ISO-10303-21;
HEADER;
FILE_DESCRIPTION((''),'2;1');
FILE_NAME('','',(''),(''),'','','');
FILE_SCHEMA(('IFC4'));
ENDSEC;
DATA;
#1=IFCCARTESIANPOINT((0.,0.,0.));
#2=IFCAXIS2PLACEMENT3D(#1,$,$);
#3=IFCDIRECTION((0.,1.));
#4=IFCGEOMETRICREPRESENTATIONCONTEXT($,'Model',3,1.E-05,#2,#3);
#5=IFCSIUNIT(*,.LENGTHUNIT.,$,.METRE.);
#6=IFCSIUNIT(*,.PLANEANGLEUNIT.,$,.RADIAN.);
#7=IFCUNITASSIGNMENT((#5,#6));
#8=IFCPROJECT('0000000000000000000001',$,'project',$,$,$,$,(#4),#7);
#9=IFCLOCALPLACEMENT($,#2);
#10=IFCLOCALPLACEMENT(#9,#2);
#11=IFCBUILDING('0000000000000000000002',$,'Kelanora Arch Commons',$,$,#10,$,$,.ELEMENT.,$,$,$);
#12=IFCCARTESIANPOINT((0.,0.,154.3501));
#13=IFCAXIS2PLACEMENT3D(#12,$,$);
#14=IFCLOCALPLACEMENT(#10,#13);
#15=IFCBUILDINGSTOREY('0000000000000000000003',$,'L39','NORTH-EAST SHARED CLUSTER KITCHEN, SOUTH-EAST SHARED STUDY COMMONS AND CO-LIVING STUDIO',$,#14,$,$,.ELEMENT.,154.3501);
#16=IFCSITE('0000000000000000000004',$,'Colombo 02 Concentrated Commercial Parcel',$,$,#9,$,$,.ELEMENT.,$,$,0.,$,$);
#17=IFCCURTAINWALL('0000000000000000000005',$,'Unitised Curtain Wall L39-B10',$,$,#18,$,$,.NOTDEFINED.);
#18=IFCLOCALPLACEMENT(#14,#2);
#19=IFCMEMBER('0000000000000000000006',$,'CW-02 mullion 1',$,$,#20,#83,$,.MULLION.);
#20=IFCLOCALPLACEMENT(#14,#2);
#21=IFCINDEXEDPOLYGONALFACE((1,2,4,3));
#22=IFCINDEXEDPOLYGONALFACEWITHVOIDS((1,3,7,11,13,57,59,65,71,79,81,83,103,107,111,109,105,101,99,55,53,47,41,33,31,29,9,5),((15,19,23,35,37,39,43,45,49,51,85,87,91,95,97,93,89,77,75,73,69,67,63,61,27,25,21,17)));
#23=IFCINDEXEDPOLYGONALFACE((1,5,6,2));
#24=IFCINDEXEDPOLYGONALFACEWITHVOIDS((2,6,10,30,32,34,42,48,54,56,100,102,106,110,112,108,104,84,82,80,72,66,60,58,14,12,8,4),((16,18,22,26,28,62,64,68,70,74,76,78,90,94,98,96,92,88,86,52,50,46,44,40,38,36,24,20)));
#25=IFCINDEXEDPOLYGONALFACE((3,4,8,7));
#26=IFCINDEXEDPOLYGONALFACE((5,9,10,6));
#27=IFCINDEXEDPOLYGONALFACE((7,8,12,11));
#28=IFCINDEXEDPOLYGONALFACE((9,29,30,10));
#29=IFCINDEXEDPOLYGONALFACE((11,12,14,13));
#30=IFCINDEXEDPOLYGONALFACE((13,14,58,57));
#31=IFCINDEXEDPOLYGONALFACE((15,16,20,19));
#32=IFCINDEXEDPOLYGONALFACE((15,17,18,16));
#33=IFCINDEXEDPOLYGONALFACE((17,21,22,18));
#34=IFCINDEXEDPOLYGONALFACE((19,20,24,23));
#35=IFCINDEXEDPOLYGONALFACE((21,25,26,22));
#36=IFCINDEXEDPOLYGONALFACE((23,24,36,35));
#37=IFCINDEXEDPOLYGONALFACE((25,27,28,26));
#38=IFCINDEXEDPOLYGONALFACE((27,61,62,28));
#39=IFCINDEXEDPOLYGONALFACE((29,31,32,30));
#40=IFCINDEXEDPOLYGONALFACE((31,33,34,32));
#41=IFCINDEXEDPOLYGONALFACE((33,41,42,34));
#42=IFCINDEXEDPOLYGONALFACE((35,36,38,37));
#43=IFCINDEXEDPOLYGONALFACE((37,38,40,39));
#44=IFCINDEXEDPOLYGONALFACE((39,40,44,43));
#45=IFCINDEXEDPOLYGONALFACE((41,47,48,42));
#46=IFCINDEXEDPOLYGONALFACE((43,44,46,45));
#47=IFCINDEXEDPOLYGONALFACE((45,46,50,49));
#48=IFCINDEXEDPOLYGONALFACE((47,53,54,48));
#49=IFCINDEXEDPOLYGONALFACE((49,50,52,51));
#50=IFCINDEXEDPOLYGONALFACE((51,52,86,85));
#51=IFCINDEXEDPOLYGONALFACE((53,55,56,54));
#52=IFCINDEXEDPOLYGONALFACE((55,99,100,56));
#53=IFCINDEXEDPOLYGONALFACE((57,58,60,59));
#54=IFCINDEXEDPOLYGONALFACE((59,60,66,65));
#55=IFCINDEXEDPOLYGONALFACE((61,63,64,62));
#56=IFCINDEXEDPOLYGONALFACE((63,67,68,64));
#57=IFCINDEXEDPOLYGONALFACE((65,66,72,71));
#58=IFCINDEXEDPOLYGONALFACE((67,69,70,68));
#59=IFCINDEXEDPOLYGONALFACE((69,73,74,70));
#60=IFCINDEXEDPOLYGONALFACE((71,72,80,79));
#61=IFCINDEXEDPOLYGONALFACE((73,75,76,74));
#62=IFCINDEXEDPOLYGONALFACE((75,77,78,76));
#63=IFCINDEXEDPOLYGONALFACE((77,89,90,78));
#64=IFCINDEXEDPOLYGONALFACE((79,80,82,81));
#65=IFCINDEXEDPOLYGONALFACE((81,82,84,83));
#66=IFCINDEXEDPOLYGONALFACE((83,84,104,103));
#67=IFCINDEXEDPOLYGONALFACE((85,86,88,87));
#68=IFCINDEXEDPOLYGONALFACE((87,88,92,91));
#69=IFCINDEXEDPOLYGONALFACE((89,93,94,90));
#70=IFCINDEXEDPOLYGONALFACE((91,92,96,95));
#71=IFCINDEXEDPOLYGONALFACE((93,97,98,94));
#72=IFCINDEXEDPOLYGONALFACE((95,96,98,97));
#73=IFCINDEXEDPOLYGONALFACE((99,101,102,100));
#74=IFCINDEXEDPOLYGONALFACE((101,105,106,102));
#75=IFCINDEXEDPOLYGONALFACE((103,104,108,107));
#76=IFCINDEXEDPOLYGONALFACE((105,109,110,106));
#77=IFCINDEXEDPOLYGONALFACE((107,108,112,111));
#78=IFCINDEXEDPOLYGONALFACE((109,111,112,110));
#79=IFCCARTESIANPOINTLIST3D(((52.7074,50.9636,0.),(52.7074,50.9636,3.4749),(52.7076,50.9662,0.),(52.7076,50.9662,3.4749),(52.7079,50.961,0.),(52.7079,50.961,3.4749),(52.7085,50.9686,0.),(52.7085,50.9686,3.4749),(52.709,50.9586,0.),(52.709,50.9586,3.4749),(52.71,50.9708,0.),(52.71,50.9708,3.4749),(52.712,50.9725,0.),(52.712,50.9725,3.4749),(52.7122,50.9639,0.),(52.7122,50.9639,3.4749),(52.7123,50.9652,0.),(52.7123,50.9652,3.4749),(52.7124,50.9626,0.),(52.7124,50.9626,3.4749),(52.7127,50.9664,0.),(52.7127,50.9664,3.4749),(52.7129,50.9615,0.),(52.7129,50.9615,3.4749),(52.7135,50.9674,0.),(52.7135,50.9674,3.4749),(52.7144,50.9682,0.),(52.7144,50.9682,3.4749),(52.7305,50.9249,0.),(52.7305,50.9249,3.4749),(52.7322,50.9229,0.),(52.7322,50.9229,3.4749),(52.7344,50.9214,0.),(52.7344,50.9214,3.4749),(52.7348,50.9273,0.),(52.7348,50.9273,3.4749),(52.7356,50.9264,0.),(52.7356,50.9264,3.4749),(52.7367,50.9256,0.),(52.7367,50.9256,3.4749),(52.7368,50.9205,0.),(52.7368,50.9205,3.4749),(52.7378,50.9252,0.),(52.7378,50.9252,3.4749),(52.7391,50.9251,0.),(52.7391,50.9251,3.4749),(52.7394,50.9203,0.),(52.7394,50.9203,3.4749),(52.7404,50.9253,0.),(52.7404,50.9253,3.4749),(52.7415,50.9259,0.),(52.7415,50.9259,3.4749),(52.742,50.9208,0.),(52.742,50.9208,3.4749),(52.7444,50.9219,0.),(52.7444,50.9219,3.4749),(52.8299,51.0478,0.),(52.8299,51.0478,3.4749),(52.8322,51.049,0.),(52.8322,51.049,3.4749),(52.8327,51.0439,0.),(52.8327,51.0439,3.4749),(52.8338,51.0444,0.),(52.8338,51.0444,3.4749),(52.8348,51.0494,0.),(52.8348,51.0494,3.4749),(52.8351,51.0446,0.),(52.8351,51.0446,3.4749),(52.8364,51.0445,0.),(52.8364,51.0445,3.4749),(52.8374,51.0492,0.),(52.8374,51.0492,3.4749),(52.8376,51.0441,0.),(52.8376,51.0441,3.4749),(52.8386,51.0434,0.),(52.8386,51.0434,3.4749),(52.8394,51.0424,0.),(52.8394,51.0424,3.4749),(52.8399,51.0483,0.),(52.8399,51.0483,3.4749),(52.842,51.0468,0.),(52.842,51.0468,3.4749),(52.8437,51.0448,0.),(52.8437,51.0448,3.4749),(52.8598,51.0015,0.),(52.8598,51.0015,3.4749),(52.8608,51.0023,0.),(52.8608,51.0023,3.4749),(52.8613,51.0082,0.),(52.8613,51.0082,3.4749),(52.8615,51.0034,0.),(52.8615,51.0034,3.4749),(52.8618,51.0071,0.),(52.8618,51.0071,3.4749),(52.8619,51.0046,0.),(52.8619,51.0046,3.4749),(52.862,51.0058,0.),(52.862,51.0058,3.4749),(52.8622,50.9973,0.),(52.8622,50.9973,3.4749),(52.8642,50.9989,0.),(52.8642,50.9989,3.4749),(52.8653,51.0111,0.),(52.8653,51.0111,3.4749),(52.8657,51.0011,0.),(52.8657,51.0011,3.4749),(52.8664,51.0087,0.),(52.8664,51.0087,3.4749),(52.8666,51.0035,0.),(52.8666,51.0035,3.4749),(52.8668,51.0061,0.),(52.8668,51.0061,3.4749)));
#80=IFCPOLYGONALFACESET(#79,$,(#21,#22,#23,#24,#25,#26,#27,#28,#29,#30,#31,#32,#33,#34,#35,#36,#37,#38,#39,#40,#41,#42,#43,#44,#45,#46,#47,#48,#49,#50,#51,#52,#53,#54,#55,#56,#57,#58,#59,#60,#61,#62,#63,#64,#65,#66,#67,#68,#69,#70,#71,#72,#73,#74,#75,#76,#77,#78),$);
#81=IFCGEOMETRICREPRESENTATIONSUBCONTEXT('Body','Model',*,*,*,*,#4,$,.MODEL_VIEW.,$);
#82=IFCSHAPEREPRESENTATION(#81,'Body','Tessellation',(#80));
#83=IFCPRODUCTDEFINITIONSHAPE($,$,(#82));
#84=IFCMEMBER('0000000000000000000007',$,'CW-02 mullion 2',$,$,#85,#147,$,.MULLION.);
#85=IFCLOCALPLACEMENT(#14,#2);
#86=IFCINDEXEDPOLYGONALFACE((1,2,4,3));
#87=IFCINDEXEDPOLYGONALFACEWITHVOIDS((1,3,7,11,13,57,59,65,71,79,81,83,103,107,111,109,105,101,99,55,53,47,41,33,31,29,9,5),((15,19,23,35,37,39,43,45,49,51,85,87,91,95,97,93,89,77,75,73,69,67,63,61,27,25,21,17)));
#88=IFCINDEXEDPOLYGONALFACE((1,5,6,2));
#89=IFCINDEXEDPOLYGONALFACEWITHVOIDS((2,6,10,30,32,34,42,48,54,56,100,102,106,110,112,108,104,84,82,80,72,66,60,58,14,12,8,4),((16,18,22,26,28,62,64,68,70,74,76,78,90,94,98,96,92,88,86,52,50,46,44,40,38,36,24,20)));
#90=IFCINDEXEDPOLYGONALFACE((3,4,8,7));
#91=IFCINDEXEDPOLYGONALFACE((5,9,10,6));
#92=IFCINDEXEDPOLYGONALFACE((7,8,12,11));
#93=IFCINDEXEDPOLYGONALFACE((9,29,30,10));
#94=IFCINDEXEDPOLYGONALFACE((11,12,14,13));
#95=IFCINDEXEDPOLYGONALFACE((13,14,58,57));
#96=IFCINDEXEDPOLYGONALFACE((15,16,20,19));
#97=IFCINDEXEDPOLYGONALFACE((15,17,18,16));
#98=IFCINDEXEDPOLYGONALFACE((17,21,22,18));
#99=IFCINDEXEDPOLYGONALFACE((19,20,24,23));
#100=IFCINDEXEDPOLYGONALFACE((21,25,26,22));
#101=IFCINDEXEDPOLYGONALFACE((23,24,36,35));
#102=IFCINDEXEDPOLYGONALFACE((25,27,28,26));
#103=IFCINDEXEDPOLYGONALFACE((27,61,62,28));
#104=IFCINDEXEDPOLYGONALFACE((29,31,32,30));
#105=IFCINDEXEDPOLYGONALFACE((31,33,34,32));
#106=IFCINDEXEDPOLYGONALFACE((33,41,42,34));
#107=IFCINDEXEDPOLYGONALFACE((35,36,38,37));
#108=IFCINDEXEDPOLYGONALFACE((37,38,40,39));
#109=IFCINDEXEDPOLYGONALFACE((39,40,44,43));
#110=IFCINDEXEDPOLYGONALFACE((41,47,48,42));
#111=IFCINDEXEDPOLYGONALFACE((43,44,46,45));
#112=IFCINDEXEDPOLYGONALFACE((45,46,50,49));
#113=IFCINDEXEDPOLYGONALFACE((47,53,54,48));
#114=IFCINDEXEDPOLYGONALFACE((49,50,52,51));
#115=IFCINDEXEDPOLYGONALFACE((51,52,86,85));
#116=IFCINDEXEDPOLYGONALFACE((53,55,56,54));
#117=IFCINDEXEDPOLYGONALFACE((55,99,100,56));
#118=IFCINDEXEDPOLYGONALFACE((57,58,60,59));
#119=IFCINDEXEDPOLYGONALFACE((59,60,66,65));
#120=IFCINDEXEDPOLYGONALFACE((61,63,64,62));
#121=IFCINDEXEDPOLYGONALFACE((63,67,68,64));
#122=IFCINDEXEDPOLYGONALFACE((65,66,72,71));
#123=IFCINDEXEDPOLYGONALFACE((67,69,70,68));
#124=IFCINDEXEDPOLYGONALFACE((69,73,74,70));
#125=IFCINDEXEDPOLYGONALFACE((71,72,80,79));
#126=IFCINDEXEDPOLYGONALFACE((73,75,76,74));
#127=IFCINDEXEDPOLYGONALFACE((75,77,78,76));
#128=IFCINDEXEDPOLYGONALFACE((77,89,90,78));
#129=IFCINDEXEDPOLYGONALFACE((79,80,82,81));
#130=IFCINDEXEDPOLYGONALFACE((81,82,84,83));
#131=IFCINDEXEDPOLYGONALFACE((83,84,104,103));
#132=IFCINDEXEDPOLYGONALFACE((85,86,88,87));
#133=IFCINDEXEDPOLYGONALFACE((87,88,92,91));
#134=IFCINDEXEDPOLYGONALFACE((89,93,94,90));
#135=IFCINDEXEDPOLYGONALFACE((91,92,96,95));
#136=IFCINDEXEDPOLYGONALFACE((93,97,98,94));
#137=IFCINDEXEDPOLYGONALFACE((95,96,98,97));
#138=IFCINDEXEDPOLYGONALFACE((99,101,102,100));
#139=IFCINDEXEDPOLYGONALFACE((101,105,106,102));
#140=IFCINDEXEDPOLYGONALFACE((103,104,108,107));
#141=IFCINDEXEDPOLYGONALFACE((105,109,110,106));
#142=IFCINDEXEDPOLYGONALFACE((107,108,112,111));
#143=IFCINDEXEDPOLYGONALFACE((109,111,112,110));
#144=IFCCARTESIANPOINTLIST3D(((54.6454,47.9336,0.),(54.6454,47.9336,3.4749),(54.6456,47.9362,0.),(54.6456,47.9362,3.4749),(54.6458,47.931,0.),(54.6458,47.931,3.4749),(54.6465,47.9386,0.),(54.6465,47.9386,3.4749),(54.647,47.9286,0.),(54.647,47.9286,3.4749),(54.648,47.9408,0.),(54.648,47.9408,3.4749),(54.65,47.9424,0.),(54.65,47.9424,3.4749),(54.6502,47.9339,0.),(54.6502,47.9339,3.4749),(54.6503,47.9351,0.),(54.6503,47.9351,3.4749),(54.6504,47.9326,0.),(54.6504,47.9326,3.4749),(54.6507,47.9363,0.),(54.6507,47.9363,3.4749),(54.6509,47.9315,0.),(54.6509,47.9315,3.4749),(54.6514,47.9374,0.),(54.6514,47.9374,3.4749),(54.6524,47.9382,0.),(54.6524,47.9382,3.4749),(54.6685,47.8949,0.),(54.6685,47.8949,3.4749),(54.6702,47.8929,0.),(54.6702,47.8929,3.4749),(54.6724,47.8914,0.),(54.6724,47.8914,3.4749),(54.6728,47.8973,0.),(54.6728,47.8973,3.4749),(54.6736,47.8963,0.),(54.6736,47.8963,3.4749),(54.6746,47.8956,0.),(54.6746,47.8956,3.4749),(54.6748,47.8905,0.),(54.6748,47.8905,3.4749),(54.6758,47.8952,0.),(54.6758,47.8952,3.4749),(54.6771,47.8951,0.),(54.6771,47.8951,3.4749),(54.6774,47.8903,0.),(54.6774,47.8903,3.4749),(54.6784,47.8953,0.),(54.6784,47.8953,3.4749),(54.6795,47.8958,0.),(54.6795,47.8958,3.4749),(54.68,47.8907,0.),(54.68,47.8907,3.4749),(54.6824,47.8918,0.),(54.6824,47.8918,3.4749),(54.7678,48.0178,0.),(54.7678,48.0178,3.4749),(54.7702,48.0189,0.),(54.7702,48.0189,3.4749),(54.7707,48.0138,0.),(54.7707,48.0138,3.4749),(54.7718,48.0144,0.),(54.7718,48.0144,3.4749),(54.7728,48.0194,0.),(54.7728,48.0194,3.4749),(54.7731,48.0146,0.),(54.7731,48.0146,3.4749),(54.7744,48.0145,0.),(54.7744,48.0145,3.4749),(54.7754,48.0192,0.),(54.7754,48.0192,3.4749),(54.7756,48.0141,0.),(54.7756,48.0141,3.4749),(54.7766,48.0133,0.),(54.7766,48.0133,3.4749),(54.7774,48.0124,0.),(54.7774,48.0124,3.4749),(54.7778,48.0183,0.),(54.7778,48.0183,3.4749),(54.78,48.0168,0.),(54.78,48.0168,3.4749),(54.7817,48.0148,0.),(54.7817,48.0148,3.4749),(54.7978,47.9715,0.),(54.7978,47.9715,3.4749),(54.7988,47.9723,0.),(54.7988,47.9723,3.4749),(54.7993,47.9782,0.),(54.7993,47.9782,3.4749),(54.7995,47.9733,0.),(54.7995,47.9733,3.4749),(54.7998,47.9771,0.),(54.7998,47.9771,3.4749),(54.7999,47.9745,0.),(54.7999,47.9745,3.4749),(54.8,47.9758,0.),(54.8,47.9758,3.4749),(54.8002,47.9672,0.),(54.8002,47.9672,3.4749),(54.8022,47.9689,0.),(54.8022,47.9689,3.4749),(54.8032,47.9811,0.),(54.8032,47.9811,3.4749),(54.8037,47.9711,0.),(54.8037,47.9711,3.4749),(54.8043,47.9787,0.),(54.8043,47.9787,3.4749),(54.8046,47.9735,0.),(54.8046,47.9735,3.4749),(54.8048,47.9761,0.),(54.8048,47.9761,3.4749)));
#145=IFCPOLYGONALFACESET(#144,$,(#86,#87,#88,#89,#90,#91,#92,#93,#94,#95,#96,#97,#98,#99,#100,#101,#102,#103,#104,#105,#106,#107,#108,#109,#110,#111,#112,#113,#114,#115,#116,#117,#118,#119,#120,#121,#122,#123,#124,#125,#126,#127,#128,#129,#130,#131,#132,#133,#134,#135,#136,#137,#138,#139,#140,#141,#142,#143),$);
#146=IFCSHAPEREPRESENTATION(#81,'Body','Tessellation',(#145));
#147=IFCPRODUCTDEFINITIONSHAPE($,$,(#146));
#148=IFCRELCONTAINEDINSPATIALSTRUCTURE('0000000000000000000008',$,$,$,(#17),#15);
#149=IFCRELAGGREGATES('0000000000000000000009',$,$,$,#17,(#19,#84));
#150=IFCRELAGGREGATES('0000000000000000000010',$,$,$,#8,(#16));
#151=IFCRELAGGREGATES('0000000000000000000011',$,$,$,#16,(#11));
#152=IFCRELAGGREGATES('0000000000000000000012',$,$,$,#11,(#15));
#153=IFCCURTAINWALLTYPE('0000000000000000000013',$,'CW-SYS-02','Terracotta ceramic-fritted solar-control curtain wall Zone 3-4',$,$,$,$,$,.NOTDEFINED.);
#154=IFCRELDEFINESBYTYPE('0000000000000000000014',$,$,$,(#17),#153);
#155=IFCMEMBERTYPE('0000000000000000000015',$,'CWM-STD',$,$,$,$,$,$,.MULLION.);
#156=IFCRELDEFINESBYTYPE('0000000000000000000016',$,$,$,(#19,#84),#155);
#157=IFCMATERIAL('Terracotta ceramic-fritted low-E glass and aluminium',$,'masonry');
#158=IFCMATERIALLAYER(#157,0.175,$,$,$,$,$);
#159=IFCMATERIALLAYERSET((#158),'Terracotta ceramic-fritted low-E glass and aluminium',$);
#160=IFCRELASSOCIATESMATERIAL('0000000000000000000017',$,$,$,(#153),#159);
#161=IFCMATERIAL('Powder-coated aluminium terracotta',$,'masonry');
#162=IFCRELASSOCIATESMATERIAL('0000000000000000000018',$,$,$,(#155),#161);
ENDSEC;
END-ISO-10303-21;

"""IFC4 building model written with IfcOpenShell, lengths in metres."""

from ifc_helpers import new_model, si_unit, direction, frame, origin, origin_2d, place, context, subcontext, project, spatial, hollow_rectangle, extrude, material, layer, layer_set, material_profile, profile_set, type_object, element, aggregate, save


model = new_model("IFC4")

# Units and contexts
model_context = context("Model", 3, precision=1e-05, world=origin(), true_north=direction((0.0, 1.0)))
body_context = subcontext(model_context, "Body", "Model", "MODEL_VIEW")
ifc_project = project(units=[si_unit("LENGTHUNIT", "METRE"), si_unit("PLANEANGLEUNIT", "RADIAN")], contexts=[model_context])

# Site, building, storey
site_placement = place(None, origin())
site = spatial("IfcSite", under=ifc_project, at=site_placement, Name="Colombo 02 Concentrated Commercial Parcel", CompositionType="ELEMENT", RefElevation=0.0)
building_placement = place(site_placement, origin())
building = spatial("IfcBuilding", under=site, at=building_placement, Name="Kelanora Arch Commons", CompositionType="ELEMENT")
storey_placement = place(building_placement, frame((0.0, 0.0, 154.3501)))
storey = spatial("IfcBuildingStorey", under=building, at=storey_placement, Name="L39", Description="NORTH-EAST SHARED CLUSTER KITCHEN, SOUTH-EAST SHARED STUDY COMMONS AND CO-LIVING STUDIO", CompositionType="ELEMENT", Elevation=154.3501)

# Curtain wall, members
ifc_material_1 = material(Name="Terracotta ceramic-fritted low-E glass and aluminium", Category="masonry")
ifc_layer_1 = layer(ifc_material_1, 0.175)
ifc_layer_set_1 = layer_set([ifc_layer_1], Name="Terracotta ceramic-fritted low-E glass and aluminium")
curtain_wall_type = type_object("IfcCurtainWallType", Name="CW-SYS-02", Description="Terracotta ceramic-fritted solar-control curtain wall Zone 3-4", PredefinedType="NOTDEFINED", material=ifc_layer_set_1)
curtain_wall_placement = place(storey_placement, origin())
curtain_wall = element("IfcCurtainWall", 1, at=curtain_wall_placement, inside=storey, type_object=curtain_wall_type, Name="Unitised Curtain Wall L39-B10", PredefinedType="NOTDEFINED")
ifc_material_2 = material(Name="Powder-coated aluminium terracotta", Category="masonry")
ifc_material_profile_1 = material_profile(ifc_material_2, hollow_rectangle(XDim=0.1599, YDim=0.0601, WallThickness=0.0049, InnerFilletRadius=0.0049, OuterFilletRadius=0.01, at=origin_2d()), Name="CWM160x60")
ifc_profile_set_1 = profile_set([ifc_material_profile_1], Name="Powder-coated aluminium terracotta")
member_type_1 = type_object("IfcMemberType", Name="CWM-STD", PredefinedType="MULLION", material=ifc_profile_set_1)
member_1_placement = place(storey_placement, frame((52.7871, 50.9849, 0.0), z_axis=(0.0, 0.0, 1.0), x_axis=(0.842423, 0.538817, 0.0)))
member_1 = element("IfcMember", 2, at=member_1_placement, type_object=member_type_1, Name="CW-02 mullion 1", PredefinedType="MULLION", context=body_context, shape_type="SweptSolid", body=[
    extrude(hollow_rectangle(XDim=0.1599, YDim=0.0601, WallThickness=0.0049, InnerFilletRadius=0.0049, OuterFilletRadius=0.01, at=origin_2d()), origin(), (0.0, 0.0, 1.0), 3.4749),
])
member_2_placement = place(storey_placement, frame((54.7251, 47.9548, 0.0), z_axis=(0.0, 0.0, 1.0), x_axis=(0.842423, 0.538817, 0.0)))
member_2 = element("IfcMember", 3, at=member_2_placement, type_object=member_type_1, Name="CW-02 mullion 2", PredefinedType="MULLION", context=body_context, shape_type="SweptSolid", body=[
    extrude(hollow_rectangle(XDim=0.1599, YDim=0.0601, WallThickness=0.0049, InnerFilletRadius=0.0049, OuterFilletRadius=0.01, at=origin_2d()), origin(), (0.0, 0.0, 1.0), 3.4749),
])

aggregate(curtain_wall, [member_1, member_2])

save(model, "model.ifc")
